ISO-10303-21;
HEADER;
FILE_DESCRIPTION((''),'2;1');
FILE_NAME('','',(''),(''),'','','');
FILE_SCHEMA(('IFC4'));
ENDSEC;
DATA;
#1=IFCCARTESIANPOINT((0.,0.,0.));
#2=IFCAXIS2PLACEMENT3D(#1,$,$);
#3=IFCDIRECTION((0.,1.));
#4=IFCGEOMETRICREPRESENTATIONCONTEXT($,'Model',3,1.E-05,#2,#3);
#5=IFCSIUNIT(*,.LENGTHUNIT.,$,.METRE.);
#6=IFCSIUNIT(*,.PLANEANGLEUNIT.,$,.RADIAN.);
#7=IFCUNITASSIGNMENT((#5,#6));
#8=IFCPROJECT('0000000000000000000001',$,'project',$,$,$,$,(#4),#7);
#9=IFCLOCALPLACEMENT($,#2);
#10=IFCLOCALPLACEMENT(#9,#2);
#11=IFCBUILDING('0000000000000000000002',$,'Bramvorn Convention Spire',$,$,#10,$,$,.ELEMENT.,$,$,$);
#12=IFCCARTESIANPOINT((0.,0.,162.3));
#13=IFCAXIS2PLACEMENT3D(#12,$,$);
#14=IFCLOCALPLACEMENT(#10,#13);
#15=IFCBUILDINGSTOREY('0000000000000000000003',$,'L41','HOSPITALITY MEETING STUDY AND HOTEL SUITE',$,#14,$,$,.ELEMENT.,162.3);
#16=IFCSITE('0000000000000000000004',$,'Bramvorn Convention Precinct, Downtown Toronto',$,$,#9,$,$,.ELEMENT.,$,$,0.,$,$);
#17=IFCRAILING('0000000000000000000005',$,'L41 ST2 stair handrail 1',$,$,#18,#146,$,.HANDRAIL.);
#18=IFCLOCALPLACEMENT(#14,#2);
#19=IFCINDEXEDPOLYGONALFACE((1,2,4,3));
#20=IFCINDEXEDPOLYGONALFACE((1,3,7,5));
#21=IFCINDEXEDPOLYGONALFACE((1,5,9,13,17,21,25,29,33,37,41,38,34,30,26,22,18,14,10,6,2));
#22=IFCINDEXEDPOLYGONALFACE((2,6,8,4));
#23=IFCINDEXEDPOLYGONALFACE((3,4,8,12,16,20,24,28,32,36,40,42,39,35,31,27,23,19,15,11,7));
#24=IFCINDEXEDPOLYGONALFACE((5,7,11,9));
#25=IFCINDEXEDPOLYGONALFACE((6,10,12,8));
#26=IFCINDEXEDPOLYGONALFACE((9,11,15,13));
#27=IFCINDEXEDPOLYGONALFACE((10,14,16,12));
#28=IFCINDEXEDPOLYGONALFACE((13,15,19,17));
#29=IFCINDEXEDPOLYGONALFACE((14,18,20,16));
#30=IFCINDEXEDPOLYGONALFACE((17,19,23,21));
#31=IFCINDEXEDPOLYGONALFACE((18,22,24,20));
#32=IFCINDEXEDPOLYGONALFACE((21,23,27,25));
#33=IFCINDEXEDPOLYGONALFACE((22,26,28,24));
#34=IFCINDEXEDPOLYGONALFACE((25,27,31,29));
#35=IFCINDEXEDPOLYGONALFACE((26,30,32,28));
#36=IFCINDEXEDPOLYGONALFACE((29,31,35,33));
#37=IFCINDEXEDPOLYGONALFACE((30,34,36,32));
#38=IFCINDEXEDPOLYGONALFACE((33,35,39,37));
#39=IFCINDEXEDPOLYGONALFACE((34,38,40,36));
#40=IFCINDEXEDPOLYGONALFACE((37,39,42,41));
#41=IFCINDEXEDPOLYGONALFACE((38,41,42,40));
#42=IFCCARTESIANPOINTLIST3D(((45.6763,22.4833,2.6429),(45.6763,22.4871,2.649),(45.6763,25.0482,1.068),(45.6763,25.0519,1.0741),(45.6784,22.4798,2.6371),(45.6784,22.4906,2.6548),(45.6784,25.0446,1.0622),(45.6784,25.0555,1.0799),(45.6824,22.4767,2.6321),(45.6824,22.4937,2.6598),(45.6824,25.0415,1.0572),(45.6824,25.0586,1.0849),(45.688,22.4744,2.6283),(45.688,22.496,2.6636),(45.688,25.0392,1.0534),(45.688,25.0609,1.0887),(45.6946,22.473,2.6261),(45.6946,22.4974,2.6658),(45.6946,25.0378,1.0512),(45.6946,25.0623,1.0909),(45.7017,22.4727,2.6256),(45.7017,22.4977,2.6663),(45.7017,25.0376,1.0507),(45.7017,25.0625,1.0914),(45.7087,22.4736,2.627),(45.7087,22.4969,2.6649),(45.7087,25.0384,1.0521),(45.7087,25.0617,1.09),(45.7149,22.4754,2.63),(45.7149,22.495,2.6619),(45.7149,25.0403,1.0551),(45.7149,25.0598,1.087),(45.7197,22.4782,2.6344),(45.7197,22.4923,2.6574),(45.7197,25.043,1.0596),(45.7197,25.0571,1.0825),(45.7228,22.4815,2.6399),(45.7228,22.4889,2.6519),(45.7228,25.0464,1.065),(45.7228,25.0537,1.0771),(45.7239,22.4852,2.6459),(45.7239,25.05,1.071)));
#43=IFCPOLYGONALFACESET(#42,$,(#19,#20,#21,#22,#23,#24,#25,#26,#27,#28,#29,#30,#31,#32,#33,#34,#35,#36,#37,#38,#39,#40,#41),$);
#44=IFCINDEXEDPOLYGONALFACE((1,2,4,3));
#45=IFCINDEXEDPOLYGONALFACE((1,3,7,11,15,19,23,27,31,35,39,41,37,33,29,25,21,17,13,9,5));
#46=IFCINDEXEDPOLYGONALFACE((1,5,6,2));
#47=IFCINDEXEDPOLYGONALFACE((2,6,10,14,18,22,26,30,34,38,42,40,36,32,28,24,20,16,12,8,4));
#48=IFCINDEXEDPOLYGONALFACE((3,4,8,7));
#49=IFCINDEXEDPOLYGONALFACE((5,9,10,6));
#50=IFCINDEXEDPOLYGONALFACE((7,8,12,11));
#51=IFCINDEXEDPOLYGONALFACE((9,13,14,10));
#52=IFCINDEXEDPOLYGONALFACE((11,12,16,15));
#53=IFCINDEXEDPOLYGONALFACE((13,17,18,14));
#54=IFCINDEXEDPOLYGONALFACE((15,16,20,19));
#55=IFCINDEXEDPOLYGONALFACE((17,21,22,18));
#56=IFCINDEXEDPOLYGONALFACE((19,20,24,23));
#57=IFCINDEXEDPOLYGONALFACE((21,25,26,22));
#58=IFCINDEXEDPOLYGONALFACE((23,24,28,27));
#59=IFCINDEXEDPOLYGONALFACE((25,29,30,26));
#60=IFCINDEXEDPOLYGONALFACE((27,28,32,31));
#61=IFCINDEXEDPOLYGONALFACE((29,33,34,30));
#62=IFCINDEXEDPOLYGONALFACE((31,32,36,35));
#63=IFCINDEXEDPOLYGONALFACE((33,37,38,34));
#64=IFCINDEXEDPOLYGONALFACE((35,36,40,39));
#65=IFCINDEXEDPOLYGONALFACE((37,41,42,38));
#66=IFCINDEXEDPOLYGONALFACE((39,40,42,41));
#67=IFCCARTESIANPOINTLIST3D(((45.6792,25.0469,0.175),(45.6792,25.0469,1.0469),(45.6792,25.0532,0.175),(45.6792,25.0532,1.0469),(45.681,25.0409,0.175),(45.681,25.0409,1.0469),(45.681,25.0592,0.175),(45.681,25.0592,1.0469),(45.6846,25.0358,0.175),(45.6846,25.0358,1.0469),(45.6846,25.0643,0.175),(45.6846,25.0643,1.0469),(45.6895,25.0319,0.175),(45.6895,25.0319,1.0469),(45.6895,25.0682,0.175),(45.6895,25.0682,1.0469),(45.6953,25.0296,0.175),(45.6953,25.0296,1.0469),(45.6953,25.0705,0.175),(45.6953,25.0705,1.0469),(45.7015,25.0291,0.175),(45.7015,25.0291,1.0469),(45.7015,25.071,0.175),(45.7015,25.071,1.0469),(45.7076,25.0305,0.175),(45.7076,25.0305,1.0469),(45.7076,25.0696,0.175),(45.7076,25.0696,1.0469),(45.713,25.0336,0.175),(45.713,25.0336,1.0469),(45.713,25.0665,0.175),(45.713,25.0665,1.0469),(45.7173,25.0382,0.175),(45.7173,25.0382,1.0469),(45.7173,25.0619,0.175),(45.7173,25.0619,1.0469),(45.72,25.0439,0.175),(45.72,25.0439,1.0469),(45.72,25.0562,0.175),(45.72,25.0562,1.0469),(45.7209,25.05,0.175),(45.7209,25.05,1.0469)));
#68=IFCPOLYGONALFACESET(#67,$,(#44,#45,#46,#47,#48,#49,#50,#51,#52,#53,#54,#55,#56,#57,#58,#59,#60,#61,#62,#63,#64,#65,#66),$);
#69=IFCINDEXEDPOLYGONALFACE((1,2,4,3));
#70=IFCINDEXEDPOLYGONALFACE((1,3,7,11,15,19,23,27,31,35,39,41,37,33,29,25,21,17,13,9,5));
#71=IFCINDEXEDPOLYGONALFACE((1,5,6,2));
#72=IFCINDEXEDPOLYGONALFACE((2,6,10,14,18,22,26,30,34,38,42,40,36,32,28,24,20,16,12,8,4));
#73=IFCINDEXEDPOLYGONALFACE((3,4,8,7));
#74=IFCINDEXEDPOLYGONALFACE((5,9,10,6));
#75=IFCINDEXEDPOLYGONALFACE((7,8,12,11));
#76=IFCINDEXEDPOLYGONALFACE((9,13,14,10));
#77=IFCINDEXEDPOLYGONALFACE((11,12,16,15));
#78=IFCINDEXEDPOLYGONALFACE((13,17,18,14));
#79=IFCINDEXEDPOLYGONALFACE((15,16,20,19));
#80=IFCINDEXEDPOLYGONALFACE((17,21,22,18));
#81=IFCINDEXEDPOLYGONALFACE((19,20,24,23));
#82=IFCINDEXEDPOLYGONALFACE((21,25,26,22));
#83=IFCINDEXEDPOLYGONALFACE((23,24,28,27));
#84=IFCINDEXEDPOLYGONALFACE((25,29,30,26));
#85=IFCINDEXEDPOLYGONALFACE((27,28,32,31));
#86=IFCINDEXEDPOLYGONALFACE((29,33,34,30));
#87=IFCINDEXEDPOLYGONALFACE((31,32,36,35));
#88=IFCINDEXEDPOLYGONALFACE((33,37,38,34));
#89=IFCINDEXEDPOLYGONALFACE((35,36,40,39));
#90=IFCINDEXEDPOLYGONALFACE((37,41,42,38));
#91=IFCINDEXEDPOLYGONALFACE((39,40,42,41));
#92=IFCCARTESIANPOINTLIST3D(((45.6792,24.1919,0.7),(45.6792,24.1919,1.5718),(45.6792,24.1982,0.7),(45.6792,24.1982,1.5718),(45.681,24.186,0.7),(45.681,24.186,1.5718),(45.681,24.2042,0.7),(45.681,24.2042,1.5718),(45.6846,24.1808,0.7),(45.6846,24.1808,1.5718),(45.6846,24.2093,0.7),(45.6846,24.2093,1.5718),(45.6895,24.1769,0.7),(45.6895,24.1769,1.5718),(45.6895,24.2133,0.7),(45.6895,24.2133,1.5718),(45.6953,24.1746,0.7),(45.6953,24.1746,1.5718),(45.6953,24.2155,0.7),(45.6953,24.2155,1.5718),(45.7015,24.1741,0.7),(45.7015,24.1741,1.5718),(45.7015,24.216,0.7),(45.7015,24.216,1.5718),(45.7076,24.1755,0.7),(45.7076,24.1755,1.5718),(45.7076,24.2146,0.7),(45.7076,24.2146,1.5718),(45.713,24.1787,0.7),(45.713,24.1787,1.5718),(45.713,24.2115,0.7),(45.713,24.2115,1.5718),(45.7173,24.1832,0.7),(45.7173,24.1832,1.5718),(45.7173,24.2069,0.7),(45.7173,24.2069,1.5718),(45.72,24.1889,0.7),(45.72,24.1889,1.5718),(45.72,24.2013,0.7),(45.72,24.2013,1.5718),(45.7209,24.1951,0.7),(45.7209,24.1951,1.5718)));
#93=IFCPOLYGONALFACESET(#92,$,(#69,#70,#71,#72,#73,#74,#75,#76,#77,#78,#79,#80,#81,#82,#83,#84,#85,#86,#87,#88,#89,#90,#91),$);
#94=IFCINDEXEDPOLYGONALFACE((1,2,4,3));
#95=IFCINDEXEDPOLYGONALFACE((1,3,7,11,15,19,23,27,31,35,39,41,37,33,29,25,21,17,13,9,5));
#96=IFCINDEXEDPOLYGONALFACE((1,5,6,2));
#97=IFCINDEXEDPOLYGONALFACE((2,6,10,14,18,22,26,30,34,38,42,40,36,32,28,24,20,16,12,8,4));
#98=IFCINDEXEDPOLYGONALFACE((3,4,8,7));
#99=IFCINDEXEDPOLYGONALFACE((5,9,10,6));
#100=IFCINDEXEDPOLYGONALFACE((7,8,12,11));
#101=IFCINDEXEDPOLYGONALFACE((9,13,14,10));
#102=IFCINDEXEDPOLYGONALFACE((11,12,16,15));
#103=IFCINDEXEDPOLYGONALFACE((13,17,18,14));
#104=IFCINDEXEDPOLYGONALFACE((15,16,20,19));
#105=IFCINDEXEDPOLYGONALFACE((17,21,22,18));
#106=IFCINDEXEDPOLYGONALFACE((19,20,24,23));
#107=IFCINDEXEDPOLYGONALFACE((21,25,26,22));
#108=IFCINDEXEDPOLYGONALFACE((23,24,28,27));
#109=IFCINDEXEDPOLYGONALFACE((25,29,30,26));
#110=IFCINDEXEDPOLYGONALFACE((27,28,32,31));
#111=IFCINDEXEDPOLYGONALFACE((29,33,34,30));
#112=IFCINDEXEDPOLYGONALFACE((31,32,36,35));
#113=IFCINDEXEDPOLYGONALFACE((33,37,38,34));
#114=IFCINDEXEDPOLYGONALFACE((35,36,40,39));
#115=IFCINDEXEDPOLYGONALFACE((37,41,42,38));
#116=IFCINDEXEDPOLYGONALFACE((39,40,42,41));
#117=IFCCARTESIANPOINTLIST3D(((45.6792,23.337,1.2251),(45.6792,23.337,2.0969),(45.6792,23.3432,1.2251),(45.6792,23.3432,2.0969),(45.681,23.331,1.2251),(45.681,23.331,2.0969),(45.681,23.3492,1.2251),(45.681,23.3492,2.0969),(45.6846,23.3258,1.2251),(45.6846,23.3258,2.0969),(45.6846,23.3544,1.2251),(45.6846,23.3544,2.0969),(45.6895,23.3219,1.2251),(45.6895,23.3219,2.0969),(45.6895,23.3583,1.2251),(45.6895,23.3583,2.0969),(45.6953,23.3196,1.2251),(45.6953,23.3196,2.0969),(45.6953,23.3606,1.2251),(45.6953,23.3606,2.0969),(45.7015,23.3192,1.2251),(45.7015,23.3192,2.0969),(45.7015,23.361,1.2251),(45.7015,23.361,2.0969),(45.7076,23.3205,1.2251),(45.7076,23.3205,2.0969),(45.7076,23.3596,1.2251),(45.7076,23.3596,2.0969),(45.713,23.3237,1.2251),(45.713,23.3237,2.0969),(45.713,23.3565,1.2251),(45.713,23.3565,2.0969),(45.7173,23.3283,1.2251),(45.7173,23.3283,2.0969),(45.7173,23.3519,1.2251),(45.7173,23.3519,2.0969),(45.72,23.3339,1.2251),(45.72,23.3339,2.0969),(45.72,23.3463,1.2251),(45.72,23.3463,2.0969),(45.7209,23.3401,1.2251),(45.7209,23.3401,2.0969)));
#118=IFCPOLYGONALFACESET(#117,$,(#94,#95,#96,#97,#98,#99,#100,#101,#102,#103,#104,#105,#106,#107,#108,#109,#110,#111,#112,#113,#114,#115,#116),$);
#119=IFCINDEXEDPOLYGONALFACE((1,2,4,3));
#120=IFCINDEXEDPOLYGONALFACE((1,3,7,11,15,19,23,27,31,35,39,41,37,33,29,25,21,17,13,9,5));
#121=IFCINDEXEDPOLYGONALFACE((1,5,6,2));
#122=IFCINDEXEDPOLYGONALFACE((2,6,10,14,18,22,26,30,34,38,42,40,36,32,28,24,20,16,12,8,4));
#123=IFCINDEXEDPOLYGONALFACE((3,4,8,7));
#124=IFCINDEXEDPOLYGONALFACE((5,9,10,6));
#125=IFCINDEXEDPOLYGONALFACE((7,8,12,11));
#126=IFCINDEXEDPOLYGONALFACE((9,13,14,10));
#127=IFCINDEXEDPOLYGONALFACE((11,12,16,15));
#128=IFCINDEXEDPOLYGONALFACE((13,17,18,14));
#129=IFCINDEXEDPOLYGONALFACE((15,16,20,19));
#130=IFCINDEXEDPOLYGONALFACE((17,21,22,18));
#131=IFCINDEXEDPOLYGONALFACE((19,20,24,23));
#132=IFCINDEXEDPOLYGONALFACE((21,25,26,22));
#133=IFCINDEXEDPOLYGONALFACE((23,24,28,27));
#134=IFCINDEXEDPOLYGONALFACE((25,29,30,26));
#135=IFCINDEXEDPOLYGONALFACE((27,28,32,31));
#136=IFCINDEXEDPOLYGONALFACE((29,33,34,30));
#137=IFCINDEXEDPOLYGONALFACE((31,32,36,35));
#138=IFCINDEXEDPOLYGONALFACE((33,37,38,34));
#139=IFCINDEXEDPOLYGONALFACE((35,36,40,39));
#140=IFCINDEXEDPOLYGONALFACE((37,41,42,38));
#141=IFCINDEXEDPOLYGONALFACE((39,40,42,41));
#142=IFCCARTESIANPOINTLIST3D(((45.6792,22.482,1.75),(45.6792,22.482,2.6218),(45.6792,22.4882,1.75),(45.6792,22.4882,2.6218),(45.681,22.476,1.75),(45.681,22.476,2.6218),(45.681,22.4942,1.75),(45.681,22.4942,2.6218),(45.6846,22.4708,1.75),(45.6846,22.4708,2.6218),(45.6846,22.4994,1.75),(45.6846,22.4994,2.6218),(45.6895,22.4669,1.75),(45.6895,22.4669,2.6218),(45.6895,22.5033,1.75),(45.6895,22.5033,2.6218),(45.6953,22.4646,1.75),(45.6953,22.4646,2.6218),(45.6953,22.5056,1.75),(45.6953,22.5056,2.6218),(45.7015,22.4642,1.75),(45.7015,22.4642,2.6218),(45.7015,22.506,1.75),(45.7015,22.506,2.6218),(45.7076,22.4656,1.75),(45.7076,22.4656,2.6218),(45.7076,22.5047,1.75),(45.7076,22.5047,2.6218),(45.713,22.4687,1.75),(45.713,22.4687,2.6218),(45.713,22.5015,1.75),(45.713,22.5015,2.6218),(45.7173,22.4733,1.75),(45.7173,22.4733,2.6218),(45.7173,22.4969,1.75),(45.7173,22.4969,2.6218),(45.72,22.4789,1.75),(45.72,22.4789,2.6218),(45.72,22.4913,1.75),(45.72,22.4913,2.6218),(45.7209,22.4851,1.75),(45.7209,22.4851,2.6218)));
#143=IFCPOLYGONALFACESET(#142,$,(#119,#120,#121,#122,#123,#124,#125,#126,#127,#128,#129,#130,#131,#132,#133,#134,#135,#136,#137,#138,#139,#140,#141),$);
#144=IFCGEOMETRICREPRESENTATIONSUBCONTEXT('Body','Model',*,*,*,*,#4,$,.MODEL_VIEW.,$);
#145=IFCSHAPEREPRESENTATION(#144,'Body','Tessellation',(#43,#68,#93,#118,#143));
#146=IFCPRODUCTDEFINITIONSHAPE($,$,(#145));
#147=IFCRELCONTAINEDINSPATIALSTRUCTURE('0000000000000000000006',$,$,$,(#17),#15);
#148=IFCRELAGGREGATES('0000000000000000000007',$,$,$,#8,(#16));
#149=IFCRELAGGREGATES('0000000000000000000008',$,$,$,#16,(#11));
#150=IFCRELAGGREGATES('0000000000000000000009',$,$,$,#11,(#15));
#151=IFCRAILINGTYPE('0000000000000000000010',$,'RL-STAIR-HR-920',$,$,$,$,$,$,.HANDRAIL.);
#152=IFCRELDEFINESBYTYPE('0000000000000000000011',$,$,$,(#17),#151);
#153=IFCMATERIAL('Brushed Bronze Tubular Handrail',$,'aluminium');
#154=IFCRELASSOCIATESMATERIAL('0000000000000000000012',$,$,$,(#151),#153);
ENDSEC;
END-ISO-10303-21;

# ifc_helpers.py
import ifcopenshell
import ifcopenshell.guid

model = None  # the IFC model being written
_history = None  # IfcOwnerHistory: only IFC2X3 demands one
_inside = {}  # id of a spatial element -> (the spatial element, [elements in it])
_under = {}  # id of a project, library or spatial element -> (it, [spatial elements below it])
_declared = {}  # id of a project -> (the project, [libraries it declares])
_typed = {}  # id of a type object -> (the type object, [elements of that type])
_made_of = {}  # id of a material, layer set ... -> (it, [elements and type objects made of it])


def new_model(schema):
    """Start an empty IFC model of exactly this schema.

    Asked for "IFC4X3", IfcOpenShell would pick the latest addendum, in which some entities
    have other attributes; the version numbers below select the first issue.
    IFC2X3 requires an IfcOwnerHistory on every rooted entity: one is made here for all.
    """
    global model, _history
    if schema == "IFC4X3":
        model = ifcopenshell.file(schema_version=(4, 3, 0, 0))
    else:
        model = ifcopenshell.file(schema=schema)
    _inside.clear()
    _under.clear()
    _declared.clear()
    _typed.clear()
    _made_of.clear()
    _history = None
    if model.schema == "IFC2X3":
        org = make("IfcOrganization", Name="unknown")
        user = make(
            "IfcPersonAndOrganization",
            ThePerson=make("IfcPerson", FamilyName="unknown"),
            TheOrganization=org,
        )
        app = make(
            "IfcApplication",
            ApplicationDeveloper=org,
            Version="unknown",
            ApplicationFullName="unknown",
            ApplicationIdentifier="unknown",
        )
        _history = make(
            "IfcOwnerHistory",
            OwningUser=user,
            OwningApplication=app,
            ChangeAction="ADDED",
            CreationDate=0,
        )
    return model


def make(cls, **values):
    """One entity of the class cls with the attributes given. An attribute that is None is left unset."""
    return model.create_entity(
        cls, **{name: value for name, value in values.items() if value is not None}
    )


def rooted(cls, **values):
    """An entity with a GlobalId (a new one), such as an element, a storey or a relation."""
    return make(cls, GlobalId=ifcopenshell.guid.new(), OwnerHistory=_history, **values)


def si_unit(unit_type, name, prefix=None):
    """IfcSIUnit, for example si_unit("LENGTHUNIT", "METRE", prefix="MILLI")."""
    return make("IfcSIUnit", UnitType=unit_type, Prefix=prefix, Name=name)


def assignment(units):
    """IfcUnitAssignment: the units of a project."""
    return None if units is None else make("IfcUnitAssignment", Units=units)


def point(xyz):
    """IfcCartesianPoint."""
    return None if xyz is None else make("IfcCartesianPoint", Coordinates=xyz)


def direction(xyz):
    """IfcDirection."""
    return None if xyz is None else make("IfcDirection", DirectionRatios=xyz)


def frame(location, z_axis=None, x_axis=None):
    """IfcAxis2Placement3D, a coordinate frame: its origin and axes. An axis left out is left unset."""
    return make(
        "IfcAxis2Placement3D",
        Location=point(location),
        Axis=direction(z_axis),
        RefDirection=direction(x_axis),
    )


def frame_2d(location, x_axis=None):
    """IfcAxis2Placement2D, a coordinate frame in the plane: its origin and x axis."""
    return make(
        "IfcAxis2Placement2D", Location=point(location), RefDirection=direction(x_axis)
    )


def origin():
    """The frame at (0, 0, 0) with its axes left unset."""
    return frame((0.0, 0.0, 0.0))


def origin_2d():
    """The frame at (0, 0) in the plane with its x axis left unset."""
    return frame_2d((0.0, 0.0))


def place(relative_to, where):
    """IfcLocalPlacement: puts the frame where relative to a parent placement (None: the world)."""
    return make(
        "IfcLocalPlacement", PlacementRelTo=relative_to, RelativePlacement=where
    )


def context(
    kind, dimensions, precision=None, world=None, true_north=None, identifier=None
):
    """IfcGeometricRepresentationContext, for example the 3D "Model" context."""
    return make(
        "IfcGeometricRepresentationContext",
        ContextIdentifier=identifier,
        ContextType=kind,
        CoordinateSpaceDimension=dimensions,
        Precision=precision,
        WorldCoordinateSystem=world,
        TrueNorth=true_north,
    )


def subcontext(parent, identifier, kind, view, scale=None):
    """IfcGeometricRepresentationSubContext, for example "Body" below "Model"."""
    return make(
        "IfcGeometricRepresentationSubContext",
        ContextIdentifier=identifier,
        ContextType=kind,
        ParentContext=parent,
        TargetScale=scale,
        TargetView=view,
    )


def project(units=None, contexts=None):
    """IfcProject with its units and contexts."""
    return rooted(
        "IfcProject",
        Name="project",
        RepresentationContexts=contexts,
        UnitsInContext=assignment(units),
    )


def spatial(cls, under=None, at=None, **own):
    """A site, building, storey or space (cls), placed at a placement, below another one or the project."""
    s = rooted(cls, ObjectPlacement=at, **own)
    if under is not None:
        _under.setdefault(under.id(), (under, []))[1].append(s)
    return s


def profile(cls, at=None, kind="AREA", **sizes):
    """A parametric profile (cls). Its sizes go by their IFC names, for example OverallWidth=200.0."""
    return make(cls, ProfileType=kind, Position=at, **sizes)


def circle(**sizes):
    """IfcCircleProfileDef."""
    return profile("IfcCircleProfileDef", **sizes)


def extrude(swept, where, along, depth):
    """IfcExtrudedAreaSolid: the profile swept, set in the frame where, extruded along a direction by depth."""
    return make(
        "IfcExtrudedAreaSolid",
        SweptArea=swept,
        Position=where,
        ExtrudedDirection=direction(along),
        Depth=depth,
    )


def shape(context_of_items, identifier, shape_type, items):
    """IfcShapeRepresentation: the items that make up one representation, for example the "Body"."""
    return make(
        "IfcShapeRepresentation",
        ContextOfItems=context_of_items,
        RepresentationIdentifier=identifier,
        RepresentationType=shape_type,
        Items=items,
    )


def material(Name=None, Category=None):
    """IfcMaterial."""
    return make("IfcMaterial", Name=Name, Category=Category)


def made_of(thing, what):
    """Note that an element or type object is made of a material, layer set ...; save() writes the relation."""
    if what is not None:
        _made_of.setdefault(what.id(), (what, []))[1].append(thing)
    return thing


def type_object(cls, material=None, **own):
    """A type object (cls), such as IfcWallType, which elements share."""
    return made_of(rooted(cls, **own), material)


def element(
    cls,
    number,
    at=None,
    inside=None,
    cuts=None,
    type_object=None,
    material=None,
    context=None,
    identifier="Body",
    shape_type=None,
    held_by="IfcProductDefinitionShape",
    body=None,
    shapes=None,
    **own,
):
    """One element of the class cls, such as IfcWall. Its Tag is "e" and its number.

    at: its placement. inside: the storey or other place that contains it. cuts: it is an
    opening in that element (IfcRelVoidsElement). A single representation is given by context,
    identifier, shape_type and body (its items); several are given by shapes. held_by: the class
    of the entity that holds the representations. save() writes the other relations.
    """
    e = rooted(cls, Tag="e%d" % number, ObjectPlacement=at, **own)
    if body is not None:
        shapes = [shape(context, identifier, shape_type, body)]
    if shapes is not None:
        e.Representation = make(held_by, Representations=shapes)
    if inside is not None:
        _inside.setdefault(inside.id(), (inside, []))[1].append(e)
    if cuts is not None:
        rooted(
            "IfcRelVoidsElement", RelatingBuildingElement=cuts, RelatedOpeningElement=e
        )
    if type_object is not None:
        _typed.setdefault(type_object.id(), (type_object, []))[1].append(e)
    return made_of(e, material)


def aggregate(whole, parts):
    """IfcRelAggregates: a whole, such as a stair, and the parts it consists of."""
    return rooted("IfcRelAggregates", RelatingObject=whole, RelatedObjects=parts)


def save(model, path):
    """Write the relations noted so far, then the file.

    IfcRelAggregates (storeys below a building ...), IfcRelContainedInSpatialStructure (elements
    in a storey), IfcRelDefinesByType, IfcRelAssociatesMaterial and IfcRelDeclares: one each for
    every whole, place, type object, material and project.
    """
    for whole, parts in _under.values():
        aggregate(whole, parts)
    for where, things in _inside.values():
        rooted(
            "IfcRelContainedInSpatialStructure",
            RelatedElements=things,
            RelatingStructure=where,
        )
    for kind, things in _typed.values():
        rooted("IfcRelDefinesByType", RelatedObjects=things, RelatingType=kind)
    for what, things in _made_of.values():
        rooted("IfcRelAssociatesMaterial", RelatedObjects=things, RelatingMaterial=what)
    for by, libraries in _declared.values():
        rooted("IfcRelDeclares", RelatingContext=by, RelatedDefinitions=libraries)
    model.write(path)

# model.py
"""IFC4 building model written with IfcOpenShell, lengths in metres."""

from ifc_helpers import new_model, si_unit, direction, frame, origin, origin_2d, place, context, subcontext, project, spatial, circle, extrude, material, type_object, element, save


model = new_model("IFC4")

# Units and contexts
model_context = context("Model", 3, precision=1e-05, world=origin(), true_north=direction((0.0, 1.0)))
body_context = subcontext(model_context, "Body", "Model", "MODEL_VIEW")
ifc_project = project(units=[si_unit("LENGTHUNIT", "METRE"), si_unit("PLANEANGLEUNIT", "RADIAN")], contexts=[model_context])

# Site, building, storey
site_placement = place(None, origin())
site = spatial("IfcSite", under=ifc_project, at=site_placement, Name="Bramvorn Convention Precinct, Downtown Toronto", CompositionType="ELEMENT", RefElevation=0.0)
building_placement = place(site_placement, origin())
building = spatial("IfcBuilding", under=site, at=building_placement, Name="Bramvorn Convention Spire", CompositionType="ELEMENT")
storey_placement = place(building_placement, frame((0.0, 0.0, 162.3)))
storey = spatial("IfcBuildingStorey", under=building, at=storey_placement, Name="L41", Description="HOSPITALITY MEETING STUDY AND HOTEL SUITE", CompositionType="ELEMENT", Elevation=162.3)

# Railing
ifc_material_1 = material(Name="Brushed Bronze Tubular Handrail", Category="aluminium")
railing_type_1 = type_object("IfcRailingType", Name="RL-STAIR-HR-920", PredefinedType="HANDRAIL", material=ifc_material_1)
railing_1_placement = place(storey_placement, frame((45.7, 25.05, 0.175)))
element("IfcRailing", 1, at=railing_1_placement, inside=storey, type_object=railing_type_1, Name="L41 ST2 stair handrail 1", PredefinedType="HANDRAIL", context=body_context, shape_type="SweptSolid", body=[
    extrude(circle(Radius=0.0239, at=origin_2d()), frame((0.0, 0.0, 0.896), z_axis=(0.0, -0.852173, 0.52326), x_axis=(1.0, 0.0, 0.0)), (0.0, 0.0, 1.0), 3.0098),
    extrude(circle(Radius=0.021, at=origin_2d()), origin(), (0.0, 0.0, 1.0), 0.8718),
    extrude(circle(Radius=0.021, at=origin_2d()), frame((0.0, -0.855, 0.5249)), (0.0, 0.0, 1.0), 0.8718),
    extrude(circle(Radius=0.021, at=origin_2d()), frame((0.0, -1.71, 1.05)), (0.0, 0.0, 1.0), 0.8718),
    extrude(circle(Radius=0.021, at=origin_2d()), frame((0.0, -2.5649, 1.575)), (0.0, 0.0, 1.0), 0.8718),
])

save(model, "model.ifc")
